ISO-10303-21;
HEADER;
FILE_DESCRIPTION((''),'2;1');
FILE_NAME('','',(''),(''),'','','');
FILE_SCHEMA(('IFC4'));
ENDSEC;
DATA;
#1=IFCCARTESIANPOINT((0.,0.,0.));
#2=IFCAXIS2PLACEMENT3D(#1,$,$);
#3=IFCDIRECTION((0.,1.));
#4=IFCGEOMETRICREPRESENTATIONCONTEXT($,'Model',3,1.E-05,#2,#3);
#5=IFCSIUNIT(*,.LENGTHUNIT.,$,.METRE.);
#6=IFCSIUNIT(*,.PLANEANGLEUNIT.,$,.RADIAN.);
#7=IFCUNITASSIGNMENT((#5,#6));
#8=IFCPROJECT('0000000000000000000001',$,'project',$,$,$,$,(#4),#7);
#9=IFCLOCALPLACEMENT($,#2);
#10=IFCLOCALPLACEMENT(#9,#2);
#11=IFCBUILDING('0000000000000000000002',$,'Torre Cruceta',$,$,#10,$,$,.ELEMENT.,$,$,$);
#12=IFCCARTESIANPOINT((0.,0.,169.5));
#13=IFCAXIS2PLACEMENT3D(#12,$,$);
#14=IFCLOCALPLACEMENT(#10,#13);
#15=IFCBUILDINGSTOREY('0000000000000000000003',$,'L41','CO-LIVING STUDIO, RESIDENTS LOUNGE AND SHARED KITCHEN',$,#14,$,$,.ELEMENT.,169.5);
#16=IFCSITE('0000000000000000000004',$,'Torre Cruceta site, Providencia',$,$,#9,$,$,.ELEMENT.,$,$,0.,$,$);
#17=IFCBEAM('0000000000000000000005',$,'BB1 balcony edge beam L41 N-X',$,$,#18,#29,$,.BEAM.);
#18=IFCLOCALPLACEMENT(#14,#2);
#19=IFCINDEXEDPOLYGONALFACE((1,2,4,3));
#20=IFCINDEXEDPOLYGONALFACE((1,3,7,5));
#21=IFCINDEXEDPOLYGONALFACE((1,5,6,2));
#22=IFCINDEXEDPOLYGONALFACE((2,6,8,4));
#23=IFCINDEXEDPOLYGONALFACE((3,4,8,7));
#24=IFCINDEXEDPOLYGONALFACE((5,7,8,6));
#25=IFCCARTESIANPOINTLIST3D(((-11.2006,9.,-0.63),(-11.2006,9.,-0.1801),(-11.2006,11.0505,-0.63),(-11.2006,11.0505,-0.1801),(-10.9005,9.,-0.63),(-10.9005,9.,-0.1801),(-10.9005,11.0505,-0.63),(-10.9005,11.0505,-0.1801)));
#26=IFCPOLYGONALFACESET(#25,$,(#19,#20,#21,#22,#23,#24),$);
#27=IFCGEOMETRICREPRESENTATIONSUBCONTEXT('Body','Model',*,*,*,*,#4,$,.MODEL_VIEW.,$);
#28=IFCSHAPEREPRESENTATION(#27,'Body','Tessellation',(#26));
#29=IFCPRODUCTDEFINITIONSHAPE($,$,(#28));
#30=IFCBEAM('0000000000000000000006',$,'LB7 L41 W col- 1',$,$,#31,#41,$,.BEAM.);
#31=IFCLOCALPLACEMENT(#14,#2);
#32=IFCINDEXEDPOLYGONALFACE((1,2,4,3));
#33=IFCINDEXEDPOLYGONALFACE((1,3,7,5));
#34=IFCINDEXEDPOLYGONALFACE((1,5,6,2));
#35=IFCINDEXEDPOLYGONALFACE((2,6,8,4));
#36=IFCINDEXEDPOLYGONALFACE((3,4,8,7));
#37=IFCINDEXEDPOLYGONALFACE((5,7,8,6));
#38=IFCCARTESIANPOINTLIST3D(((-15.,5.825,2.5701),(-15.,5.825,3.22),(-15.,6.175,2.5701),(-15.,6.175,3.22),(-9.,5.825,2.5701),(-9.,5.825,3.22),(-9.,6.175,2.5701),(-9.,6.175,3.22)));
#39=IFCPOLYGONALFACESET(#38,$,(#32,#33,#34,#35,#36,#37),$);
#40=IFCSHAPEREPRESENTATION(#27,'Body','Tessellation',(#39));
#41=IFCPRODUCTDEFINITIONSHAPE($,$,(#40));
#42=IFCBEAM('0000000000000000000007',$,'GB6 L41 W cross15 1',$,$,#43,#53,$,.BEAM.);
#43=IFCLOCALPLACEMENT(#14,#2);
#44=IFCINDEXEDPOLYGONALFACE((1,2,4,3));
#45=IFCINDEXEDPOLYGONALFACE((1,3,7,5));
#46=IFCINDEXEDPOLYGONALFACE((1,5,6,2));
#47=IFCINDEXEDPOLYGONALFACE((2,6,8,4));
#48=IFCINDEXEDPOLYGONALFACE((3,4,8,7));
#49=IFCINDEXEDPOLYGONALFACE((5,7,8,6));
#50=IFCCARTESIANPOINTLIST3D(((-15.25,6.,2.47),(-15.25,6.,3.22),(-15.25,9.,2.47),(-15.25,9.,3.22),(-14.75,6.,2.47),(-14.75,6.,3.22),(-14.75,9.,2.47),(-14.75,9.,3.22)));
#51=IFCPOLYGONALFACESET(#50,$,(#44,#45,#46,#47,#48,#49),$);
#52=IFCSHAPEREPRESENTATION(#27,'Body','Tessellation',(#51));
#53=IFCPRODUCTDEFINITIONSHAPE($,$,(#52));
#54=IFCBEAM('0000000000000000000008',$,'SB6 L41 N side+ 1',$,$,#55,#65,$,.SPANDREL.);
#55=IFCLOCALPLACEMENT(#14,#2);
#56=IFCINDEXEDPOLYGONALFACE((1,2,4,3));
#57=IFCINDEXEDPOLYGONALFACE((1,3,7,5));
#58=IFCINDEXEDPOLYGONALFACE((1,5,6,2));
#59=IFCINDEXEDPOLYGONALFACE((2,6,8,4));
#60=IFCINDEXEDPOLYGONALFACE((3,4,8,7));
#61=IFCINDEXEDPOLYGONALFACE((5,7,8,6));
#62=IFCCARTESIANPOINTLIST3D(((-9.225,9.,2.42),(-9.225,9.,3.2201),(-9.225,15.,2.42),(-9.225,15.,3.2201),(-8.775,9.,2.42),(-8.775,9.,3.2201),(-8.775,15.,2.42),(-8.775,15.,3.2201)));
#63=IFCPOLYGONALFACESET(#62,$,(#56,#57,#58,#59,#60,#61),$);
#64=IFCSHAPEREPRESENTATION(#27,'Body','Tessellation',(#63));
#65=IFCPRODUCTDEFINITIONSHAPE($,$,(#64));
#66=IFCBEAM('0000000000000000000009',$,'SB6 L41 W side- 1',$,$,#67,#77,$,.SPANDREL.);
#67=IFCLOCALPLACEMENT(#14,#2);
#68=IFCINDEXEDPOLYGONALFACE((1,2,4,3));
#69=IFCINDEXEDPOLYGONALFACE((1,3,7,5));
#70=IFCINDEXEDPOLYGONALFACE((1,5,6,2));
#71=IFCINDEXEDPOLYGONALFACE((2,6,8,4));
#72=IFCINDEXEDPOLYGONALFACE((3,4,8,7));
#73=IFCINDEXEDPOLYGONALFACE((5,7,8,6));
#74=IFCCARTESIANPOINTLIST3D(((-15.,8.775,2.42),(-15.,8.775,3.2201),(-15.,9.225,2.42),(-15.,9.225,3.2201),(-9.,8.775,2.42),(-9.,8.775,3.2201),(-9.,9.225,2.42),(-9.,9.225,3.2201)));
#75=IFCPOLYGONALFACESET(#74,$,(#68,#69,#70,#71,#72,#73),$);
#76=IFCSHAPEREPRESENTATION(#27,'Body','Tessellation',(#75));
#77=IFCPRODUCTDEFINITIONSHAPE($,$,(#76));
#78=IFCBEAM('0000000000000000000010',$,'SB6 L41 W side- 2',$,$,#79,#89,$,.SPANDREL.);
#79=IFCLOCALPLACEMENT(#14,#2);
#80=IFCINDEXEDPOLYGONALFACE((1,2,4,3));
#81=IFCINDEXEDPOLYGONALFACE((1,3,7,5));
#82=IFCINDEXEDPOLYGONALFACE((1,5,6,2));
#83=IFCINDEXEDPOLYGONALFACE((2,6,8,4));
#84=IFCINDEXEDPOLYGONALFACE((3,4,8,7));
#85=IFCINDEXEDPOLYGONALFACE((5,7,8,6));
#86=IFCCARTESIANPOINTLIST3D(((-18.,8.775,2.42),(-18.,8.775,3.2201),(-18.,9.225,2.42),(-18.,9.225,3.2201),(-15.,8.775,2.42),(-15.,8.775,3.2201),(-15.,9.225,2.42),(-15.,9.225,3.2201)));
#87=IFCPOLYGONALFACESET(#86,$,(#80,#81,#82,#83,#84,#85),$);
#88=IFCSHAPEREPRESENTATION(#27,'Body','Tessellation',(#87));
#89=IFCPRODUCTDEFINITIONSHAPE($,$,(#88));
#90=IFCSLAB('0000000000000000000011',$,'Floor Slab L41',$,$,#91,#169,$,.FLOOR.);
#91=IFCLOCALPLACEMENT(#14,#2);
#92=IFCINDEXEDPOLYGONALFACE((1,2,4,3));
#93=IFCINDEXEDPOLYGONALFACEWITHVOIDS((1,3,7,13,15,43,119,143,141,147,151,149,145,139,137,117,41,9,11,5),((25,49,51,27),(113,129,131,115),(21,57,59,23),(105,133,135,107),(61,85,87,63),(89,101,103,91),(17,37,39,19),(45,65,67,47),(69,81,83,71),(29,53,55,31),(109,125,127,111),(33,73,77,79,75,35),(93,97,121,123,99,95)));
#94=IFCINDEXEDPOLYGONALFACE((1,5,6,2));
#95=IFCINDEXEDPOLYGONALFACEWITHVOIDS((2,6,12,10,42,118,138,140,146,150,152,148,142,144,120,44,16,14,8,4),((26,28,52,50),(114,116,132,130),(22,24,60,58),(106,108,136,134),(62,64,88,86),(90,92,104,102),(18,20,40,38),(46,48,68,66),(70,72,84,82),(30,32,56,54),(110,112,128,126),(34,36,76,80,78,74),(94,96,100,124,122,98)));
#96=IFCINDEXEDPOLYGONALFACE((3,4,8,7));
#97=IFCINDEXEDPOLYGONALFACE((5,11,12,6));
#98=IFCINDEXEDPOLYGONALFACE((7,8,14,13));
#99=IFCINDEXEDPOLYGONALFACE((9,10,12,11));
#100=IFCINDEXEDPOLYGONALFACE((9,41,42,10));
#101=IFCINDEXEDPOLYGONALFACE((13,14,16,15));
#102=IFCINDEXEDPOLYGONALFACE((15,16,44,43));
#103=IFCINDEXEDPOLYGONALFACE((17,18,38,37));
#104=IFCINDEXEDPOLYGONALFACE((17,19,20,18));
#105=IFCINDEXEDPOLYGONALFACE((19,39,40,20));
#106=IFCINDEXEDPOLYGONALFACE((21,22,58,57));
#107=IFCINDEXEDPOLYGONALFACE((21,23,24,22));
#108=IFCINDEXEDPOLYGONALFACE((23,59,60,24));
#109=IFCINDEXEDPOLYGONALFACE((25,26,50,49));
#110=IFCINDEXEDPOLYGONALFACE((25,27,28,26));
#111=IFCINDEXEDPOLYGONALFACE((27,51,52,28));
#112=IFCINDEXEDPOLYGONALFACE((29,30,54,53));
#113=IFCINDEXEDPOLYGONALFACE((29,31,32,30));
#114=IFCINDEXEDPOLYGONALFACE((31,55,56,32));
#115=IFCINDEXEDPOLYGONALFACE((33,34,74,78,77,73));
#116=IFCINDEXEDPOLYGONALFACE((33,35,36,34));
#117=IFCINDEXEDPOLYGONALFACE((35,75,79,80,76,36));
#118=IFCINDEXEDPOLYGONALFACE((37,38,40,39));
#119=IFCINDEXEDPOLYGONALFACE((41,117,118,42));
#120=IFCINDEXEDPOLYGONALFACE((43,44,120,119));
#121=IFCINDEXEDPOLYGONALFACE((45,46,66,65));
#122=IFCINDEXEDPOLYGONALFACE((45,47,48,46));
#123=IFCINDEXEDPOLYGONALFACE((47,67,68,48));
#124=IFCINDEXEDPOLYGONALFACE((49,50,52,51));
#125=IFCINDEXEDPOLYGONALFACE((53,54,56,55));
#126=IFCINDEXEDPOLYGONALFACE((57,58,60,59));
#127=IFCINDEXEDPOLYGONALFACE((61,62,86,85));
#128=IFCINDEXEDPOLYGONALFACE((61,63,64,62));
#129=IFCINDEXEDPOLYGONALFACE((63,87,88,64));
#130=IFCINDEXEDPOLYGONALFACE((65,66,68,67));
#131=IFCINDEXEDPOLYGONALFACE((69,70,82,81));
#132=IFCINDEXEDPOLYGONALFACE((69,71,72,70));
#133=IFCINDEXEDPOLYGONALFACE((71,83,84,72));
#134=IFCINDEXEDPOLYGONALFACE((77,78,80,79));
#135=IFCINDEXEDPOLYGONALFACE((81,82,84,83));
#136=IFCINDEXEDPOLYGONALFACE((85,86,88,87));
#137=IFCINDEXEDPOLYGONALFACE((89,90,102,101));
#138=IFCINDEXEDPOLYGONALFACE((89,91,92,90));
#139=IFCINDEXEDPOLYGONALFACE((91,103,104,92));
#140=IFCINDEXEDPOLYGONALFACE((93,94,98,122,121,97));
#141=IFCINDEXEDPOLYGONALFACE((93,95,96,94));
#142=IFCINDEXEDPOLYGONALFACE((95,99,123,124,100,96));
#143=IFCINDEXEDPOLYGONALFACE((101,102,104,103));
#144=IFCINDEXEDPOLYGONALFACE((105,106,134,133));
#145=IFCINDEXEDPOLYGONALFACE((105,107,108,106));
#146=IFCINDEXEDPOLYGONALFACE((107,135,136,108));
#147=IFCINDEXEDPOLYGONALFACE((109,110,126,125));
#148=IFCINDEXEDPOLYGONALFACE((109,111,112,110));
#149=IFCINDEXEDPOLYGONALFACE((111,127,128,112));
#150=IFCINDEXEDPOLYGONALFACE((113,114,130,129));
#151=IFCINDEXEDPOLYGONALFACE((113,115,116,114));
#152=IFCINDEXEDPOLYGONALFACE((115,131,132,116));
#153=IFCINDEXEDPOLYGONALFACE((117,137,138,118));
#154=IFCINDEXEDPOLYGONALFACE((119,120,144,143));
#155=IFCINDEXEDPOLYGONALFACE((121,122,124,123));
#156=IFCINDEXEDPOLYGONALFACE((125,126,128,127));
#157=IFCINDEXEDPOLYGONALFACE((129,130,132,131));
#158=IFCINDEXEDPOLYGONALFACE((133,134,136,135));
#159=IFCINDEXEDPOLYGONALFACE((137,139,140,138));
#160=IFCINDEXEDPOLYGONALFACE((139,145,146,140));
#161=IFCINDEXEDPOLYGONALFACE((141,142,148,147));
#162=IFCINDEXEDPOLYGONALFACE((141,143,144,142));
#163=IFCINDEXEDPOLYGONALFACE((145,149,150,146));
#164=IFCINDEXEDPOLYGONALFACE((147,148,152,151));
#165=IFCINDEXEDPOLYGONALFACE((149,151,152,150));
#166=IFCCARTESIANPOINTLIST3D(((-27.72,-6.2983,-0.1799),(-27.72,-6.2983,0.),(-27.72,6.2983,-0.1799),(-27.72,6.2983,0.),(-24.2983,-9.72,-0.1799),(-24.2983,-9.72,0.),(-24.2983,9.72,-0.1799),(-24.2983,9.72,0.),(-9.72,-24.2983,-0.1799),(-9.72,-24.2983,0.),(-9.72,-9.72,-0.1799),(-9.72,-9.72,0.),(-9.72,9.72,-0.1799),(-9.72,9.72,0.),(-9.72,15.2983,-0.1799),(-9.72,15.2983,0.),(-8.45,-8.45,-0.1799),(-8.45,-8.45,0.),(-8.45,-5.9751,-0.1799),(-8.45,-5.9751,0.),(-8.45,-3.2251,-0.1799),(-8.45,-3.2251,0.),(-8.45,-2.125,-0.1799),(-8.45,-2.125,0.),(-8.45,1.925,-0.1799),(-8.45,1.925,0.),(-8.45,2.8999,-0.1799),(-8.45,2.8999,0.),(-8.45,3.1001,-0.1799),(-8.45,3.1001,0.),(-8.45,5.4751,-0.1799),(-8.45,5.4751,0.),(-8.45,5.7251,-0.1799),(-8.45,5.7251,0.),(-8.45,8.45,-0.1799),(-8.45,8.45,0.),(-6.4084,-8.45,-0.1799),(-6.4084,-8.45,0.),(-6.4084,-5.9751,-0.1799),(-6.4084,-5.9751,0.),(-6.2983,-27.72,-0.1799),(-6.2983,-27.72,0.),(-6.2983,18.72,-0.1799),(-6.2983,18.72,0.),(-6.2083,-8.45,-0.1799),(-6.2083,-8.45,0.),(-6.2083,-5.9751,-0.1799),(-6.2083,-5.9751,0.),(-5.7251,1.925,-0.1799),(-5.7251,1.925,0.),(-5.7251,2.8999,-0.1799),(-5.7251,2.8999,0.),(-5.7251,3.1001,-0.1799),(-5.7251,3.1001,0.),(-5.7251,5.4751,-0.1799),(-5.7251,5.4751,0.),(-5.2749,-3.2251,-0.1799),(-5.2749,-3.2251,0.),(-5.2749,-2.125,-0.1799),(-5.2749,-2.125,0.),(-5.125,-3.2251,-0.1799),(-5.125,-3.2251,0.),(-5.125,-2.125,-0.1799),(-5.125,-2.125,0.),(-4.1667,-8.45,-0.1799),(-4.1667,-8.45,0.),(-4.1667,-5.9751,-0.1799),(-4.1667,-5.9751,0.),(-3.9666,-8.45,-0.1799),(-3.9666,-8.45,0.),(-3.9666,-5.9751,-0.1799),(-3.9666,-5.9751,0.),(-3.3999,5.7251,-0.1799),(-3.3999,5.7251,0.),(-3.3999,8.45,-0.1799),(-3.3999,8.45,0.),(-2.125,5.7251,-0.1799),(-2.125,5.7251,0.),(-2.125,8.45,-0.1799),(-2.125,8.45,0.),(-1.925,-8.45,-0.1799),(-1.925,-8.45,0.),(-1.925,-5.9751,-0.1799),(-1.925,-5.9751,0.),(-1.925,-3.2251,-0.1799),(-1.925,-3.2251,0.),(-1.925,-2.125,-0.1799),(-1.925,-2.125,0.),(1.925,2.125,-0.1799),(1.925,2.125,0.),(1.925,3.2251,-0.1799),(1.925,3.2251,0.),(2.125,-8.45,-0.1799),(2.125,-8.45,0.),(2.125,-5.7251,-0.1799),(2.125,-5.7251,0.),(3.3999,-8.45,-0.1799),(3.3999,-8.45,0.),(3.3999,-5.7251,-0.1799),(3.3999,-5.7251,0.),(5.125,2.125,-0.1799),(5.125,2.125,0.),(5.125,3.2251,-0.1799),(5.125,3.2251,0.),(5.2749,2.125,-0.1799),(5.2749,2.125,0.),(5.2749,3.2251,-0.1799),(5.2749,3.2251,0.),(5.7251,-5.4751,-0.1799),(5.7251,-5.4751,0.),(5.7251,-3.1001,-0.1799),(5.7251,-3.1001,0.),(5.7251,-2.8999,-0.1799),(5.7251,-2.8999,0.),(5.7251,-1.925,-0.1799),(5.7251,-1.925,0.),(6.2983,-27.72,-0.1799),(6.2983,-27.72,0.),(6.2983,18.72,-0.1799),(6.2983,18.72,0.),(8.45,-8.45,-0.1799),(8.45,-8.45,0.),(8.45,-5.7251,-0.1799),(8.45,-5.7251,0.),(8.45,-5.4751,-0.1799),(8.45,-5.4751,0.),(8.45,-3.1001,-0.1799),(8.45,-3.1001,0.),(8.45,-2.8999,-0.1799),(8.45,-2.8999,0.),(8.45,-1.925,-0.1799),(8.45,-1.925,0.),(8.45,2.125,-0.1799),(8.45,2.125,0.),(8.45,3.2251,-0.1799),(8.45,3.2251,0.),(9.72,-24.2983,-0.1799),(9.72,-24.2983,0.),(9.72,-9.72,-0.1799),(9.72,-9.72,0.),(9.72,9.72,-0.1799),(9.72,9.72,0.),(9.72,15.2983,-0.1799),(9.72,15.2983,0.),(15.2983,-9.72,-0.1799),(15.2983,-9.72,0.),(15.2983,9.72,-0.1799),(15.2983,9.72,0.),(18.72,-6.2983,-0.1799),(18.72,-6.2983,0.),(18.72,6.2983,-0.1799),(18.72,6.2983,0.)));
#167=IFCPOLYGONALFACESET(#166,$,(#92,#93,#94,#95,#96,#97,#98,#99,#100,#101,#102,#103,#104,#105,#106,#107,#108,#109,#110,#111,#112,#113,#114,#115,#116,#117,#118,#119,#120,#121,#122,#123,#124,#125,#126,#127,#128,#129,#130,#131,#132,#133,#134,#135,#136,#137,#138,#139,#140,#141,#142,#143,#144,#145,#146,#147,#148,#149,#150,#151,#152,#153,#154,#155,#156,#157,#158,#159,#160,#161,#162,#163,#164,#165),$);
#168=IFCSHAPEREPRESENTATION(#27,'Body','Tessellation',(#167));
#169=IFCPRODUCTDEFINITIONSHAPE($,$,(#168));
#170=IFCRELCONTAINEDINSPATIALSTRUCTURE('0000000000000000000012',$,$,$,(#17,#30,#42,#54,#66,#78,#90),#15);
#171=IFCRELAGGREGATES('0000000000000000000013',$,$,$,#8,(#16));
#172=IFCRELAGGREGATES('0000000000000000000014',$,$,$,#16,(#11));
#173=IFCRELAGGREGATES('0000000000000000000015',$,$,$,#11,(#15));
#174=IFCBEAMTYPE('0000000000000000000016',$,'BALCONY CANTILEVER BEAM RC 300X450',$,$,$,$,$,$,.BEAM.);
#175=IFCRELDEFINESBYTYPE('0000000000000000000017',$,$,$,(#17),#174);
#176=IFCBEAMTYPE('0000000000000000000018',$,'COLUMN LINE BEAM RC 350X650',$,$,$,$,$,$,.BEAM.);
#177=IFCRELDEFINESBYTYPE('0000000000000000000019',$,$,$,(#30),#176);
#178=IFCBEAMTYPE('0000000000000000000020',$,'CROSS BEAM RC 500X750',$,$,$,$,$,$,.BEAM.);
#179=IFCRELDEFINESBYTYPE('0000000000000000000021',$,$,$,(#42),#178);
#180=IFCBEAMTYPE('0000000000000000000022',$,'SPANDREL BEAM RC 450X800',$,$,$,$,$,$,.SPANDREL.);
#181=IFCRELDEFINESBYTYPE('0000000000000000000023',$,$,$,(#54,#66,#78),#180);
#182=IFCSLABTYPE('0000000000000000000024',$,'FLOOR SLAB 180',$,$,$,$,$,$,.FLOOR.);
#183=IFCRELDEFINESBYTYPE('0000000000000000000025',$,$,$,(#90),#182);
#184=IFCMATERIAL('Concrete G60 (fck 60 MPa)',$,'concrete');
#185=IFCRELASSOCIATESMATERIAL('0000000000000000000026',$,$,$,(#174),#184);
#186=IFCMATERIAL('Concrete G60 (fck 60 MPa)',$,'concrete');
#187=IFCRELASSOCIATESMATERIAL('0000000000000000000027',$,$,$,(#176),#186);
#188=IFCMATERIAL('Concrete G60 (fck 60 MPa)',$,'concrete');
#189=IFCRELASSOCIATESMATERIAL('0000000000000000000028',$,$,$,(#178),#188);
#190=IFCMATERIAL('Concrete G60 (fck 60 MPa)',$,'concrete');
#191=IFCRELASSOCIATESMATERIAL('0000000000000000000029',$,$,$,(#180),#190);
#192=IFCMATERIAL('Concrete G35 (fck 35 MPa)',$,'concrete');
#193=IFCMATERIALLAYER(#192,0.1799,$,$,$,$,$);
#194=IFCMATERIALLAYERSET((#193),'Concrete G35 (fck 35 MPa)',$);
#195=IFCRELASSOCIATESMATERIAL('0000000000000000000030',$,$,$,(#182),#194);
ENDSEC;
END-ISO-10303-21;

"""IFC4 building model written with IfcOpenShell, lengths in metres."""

from ifc_helpers import new_model, si_unit, direction, frame, origin, origin_2d, place, context, subcontext, project, spatial, polyline, rectangle, outline, extrude, material, layer, layer_set, material_profile, profile_set, type_object, element, save


model = new_model("IFC4")

# Units and contexts
model_context = context("Model", 3, precision=1e-05, world=origin(), true_north=direction((0.0, 1.0)))
body_context = subcontext(model_context, "Body", "Model", "MODEL_VIEW")
ifc_project = project(units=[si_unit("LENGTHUNIT", "METRE"), si_unit("PLANEANGLEUNIT", "RADIAN")], contexts=[model_context])

# Site, building, storey
site_placement = place(None, origin())
site = spatial("IfcSite", under=ifc_project, at=site_placement, Name="Torre Cruceta site, Providencia", CompositionType="ELEMENT", RefElevation=0.0)
building_placement = place(site_placement, origin())
building = spatial("IfcBuilding", under=site, at=building_placement, Name="Torre Cruceta", CompositionType="ELEMENT")
storey_placement = place(building_placement, frame((0.0, 0.0, 169.5)))
storey = spatial("IfcBuildingStorey", under=building, at=storey_placement, Name="L41", Description="CO-LIVING STUDIO, RESIDENTS LOUNGE AND SHARED KITCHEN", CompositionType="ELEMENT", Elevation=169.5)

# Beams
ifc_material_1 = material(Name="Concrete G60 (fck 60 MPa)", Category="concrete")
ifc_material_profile_1 = material_profile(ifc_material_1, rectangle(XDim=0.3, YDim=0.45, at=origin_2d()), Name="RC 300X450")
ifc_profile_set_1 = profile_set([ifc_material_profile_1], Name="Concrete G60 (fck 60 MPa)")
beam_type_1 = type_object("IfcBeamType", Name="BALCONY CANTILEVER BEAM RC 300X450", PredefinedType="BEAM", material=ifc_profile_set_1)
beam_1_placement = place(storey_placement, frame((-11.0505, 9.0, -0.405), z_axis=(0.0, 1.0, 0.0), x_axis=(-1.0, 0.0, 0.0)))
element("IfcBeam", 1, at=beam_1_placement, inside=storey, type_object=beam_type_1, Name="BB1 balcony edge beam L41 N-X", PredefinedType="BEAM", context=body_context, shape_type="SweptSolid", body=[
    extrude(rectangle(XDim=0.3, YDim=0.45, at=origin_2d()), origin(), (0.0, 0.0, 1.0), 2.0505),
])
ifc_material_2 = material(Name="Concrete G60 (fck 60 MPa)", Category="concrete")
ifc_material_profile_2 = material_profile(ifc_material_2, rectangle(XDim=0.3501, YDim=0.6499, at=origin_2d()), Name="RC 350X650")
ifc_profile_set_2 = profile_set([ifc_material_profile_2], Name="Concrete G60 (fck 60 MPa)")
beam_type_2 = type_object("IfcBeamType", Name="COLUMN LINE BEAM RC 350X650", PredefinedType="BEAM", material=ifc_profile_set_2)
beam_2_placement = place(storey_placement, frame((-9.0, 6.0, 2.895), z_axis=(-1.0, 0.0, 0.0), x_axis=(0.0, -1.0, 0.0)))
element("IfcBeam", 2, at=beam_2_placement, inside=storey, type_object=beam_type_2, Name="LB7 L41 W col- 1", PredefinedType="BEAM", context=body_context, shape_type="SweptSolid", body=[
    extrude(rectangle(XDim=0.3501, YDim=0.6499, at=origin_2d()), origin(), (0.0, 0.0, 1.0), 6.0),
])
ifc_material_3 = material(Name="Concrete G60 (fck 60 MPa)", Category="concrete")
ifc_material_profile_3 = material_profile(ifc_material_3, rectangle(XDim=0.5, YDim=0.75, at=origin_2d()), Name="RC 500X750")
ifc_profile_set_3 = profile_set([ifc_material_profile_3], Name="Concrete G60 (fck 60 MPa)")
beam_type_3 = type_object("IfcBeamType", Name="CROSS BEAM RC 500X750", PredefinedType="BEAM", material=ifc_profile_set_3)
beam_3_placement = place(storey_placement, frame((-15.0, 9.0, 2.845), z_axis=(0.0, -1.0, 0.0), x_axis=(1.0, 0.0, 0.0)))
element("IfcBeam", 3, at=beam_3_placement, inside=storey, type_object=beam_type_3, Name="GB6 L41 W cross15 1", PredefinedType="BEAM", context=body_context, shape_type="SweptSolid", body=[
    extrude(rectangle(XDim=0.5, YDim=0.75, at=origin_2d()), origin(), (0.0, 0.0, 1.0), 3.0),
])
ifc_material_4 = material(Name="Concrete G60 (fck 60 MPa)", Category="concrete")
ifc_material_profile_4 = material_profile(ifc_material_4, rectangle(XDim=0.45, YDim=0.8, at=origin_2d()), Name="RC 450X800")
ifc_profile_set_4 = profile_set([ifc_material_profile_4], Name="Concrete G60 (fck 60 MPa)")
beam_type_4 = type_object("IfcBeamType", Name="SPANDREL BEAM RC 450X800", PredefinedType="SPANDREL", material=ifc_profile_set_4)
for number, where, z_axis, x_axis, name in (
    (4, (-9.0, 9.0, 2.8201), (0.0, 1.0, 0.0), (-1.0, 0.0, 0.0), "SB6 L41 N side+ 1"),
    (5, (-9.0, 9.0, 2.8201), (-1.0, 0.0, 0.0), (0.0, -1.0, 0.0), "SB6 L41 W side- 1"),
):
    element("IfcBeam", number, at=place(storey_placement, frame(where, z_axis=z_axis, x_axis=x_axis)), inside=storey, type_object=beam_type_4, Name=name, PredefinedType="SPANDREL", context=body_context, shape_type="SweptSolid", body=[
        extrude(rectangle(XDim=0.45, YDim=0.8, at=origin_2d()), origin(), (0.0, 0.0, 1.0), 6.0),
    ])
beam_4_placement = place(storey_placement, frame((-15.0, 9.0, 2.8201), z_axis=(-1.0, 0.0, 0.0), x_axis=(0.0, -1.0, 0.0)))
element("IfcBeam", 6, at=beam_4_placement, inside=storey, type_object=beam_type_4, Name="SB6 L41 W side- 2", PredefinedType="SPANDREL", context=body_context, shape_type="SweptSolid", body=[
    extrude(rectangle(XDim=0.45, YDim=0.8, at=origin_2d()), origin(), (0.0, 0.0, 1.0), 3.0),
])

# Slab
ifc_material_5 = material(Name="Concrete G35 (fck 35 MPa)", Category="concrete")
ifc_layer_1 = layer(ifc_material_5, 0.1799)
ifc_layer_set_1 = layer_set([ifc_layer_1], Name="Concrete G35 (fck 35 MPa)")
slab_type = type_object("IfcSlabType", Name="FLOOR SLAB 180", PredefinedType="FLOOR", material=ifc_layer_set_1)
slab_placement = place(storey_placement, frame((0.0, 0.0, -0.1799)))
element("IfcSlab", 7, at=slab_placement, inside=storey, type_object=slab_type, Name="Floor Slab L41", PredefinedType="FLOOR", context=body_context, shape_type="SweptSolid", body=[
    extrude(outline(polyline([(9.72, -9.72), (9.72, -24.2983), (6.2983, -27.72), (-6.2983, -27.72), (-9.72, -24.2983), (-9.72, -9.72), (-24.2983, -9.72), (-27.72, -6.2983), (-27.72, 6.2983), (-24.2983, 9.72), (-9.72, 9.72), (-9.72, 15.2983), (-6.2983, 18.72), (6.2983, 18.72), (9.72, 15.2983), (9.72, 9.72), (15.2983, 9.72), (18.72, 6.2983), (18.72, -6.2983), (15.2983, -9.72), (9.72, -9.72)]), holes=[polyline([(1.925, 2.125), (5.125, 2.125), (5.125, 3.2251), (1.925, 3.2251), (1.925, 2.125)]), polyline([(5.2749, 2.125), (8.45, 2.125), (8.45, 3.2251), (5.2749, 3.2251), (5.2749, 2.125)]), polyline([(-8.45, 3.1001), (-5.7251, 3.1001), (-5.7251, 5.4751), (-8.45, 5.4751), (-8.45, 3.1001)]), polyline([(-8.45, 1.925), (-5.7251, 1.925), (-5.7251, 2.8999), (-8.45, 2.8999), (-8.45, 1.925)]), polyline([(-3.9666, -8.45), (-1.925, -8.45), (-1.925, -5.9751), (-3.9666, -5.9751), (-3.9666, -8.45)]), polyline([(-6.2083, -8.45), (-4.1667, -8.45), (-4.1667, -5.9751), (-6.2083, -5.9751), (-6.2083, -8.45)]), polyline([(-8.45, -8.45), (-6.4084, -8.45), (-6.4084, -5.9751), (-8.45, -5.9751), (-8.45, -8.45)]), polyline([(-5.125, -3.2251), (-1.925, -3.2251), (-1.925, -2.125), (-5.125, -2.125), (-5.125, -3.2251)]), polyline([(-8.45, -3.2251), (-5.2749, -3.2251), (-5.2749, -2.125), (-8.45, -2.125), (-8.45, -3.2251)]), polyline([(5.7251, -5.4751), (8.45, -5.4751), (8.45, -3.1001), (5.7251, -3.1001), (5.7251, -5.4751)]), polyline([(5.7251, -2.8999), (8.45, -2.8999), (8.45, -1.925), (5.7251, -1.925), (5.7251, -2.8999)]), polyline([(-8.45, 5.7251), (-8.45, 8.45), (-3.3999, 8.45), (-2.125, 8.45), (-2.125, 5.7251), (-3.3999, 5.7251), (-8.45, 5.7251)]), polyline([(2.125, -5.7251), (3.3999, -5.7251), (8.45, -5.7251), (8.45, -8.45), (3.3999, -8.45), (2.125, -8.45), (2.125, -5.7251)])]), origin(), (0.0, 0.0, 1.0), 0.1799),
])

save(model, "model.ifc")
